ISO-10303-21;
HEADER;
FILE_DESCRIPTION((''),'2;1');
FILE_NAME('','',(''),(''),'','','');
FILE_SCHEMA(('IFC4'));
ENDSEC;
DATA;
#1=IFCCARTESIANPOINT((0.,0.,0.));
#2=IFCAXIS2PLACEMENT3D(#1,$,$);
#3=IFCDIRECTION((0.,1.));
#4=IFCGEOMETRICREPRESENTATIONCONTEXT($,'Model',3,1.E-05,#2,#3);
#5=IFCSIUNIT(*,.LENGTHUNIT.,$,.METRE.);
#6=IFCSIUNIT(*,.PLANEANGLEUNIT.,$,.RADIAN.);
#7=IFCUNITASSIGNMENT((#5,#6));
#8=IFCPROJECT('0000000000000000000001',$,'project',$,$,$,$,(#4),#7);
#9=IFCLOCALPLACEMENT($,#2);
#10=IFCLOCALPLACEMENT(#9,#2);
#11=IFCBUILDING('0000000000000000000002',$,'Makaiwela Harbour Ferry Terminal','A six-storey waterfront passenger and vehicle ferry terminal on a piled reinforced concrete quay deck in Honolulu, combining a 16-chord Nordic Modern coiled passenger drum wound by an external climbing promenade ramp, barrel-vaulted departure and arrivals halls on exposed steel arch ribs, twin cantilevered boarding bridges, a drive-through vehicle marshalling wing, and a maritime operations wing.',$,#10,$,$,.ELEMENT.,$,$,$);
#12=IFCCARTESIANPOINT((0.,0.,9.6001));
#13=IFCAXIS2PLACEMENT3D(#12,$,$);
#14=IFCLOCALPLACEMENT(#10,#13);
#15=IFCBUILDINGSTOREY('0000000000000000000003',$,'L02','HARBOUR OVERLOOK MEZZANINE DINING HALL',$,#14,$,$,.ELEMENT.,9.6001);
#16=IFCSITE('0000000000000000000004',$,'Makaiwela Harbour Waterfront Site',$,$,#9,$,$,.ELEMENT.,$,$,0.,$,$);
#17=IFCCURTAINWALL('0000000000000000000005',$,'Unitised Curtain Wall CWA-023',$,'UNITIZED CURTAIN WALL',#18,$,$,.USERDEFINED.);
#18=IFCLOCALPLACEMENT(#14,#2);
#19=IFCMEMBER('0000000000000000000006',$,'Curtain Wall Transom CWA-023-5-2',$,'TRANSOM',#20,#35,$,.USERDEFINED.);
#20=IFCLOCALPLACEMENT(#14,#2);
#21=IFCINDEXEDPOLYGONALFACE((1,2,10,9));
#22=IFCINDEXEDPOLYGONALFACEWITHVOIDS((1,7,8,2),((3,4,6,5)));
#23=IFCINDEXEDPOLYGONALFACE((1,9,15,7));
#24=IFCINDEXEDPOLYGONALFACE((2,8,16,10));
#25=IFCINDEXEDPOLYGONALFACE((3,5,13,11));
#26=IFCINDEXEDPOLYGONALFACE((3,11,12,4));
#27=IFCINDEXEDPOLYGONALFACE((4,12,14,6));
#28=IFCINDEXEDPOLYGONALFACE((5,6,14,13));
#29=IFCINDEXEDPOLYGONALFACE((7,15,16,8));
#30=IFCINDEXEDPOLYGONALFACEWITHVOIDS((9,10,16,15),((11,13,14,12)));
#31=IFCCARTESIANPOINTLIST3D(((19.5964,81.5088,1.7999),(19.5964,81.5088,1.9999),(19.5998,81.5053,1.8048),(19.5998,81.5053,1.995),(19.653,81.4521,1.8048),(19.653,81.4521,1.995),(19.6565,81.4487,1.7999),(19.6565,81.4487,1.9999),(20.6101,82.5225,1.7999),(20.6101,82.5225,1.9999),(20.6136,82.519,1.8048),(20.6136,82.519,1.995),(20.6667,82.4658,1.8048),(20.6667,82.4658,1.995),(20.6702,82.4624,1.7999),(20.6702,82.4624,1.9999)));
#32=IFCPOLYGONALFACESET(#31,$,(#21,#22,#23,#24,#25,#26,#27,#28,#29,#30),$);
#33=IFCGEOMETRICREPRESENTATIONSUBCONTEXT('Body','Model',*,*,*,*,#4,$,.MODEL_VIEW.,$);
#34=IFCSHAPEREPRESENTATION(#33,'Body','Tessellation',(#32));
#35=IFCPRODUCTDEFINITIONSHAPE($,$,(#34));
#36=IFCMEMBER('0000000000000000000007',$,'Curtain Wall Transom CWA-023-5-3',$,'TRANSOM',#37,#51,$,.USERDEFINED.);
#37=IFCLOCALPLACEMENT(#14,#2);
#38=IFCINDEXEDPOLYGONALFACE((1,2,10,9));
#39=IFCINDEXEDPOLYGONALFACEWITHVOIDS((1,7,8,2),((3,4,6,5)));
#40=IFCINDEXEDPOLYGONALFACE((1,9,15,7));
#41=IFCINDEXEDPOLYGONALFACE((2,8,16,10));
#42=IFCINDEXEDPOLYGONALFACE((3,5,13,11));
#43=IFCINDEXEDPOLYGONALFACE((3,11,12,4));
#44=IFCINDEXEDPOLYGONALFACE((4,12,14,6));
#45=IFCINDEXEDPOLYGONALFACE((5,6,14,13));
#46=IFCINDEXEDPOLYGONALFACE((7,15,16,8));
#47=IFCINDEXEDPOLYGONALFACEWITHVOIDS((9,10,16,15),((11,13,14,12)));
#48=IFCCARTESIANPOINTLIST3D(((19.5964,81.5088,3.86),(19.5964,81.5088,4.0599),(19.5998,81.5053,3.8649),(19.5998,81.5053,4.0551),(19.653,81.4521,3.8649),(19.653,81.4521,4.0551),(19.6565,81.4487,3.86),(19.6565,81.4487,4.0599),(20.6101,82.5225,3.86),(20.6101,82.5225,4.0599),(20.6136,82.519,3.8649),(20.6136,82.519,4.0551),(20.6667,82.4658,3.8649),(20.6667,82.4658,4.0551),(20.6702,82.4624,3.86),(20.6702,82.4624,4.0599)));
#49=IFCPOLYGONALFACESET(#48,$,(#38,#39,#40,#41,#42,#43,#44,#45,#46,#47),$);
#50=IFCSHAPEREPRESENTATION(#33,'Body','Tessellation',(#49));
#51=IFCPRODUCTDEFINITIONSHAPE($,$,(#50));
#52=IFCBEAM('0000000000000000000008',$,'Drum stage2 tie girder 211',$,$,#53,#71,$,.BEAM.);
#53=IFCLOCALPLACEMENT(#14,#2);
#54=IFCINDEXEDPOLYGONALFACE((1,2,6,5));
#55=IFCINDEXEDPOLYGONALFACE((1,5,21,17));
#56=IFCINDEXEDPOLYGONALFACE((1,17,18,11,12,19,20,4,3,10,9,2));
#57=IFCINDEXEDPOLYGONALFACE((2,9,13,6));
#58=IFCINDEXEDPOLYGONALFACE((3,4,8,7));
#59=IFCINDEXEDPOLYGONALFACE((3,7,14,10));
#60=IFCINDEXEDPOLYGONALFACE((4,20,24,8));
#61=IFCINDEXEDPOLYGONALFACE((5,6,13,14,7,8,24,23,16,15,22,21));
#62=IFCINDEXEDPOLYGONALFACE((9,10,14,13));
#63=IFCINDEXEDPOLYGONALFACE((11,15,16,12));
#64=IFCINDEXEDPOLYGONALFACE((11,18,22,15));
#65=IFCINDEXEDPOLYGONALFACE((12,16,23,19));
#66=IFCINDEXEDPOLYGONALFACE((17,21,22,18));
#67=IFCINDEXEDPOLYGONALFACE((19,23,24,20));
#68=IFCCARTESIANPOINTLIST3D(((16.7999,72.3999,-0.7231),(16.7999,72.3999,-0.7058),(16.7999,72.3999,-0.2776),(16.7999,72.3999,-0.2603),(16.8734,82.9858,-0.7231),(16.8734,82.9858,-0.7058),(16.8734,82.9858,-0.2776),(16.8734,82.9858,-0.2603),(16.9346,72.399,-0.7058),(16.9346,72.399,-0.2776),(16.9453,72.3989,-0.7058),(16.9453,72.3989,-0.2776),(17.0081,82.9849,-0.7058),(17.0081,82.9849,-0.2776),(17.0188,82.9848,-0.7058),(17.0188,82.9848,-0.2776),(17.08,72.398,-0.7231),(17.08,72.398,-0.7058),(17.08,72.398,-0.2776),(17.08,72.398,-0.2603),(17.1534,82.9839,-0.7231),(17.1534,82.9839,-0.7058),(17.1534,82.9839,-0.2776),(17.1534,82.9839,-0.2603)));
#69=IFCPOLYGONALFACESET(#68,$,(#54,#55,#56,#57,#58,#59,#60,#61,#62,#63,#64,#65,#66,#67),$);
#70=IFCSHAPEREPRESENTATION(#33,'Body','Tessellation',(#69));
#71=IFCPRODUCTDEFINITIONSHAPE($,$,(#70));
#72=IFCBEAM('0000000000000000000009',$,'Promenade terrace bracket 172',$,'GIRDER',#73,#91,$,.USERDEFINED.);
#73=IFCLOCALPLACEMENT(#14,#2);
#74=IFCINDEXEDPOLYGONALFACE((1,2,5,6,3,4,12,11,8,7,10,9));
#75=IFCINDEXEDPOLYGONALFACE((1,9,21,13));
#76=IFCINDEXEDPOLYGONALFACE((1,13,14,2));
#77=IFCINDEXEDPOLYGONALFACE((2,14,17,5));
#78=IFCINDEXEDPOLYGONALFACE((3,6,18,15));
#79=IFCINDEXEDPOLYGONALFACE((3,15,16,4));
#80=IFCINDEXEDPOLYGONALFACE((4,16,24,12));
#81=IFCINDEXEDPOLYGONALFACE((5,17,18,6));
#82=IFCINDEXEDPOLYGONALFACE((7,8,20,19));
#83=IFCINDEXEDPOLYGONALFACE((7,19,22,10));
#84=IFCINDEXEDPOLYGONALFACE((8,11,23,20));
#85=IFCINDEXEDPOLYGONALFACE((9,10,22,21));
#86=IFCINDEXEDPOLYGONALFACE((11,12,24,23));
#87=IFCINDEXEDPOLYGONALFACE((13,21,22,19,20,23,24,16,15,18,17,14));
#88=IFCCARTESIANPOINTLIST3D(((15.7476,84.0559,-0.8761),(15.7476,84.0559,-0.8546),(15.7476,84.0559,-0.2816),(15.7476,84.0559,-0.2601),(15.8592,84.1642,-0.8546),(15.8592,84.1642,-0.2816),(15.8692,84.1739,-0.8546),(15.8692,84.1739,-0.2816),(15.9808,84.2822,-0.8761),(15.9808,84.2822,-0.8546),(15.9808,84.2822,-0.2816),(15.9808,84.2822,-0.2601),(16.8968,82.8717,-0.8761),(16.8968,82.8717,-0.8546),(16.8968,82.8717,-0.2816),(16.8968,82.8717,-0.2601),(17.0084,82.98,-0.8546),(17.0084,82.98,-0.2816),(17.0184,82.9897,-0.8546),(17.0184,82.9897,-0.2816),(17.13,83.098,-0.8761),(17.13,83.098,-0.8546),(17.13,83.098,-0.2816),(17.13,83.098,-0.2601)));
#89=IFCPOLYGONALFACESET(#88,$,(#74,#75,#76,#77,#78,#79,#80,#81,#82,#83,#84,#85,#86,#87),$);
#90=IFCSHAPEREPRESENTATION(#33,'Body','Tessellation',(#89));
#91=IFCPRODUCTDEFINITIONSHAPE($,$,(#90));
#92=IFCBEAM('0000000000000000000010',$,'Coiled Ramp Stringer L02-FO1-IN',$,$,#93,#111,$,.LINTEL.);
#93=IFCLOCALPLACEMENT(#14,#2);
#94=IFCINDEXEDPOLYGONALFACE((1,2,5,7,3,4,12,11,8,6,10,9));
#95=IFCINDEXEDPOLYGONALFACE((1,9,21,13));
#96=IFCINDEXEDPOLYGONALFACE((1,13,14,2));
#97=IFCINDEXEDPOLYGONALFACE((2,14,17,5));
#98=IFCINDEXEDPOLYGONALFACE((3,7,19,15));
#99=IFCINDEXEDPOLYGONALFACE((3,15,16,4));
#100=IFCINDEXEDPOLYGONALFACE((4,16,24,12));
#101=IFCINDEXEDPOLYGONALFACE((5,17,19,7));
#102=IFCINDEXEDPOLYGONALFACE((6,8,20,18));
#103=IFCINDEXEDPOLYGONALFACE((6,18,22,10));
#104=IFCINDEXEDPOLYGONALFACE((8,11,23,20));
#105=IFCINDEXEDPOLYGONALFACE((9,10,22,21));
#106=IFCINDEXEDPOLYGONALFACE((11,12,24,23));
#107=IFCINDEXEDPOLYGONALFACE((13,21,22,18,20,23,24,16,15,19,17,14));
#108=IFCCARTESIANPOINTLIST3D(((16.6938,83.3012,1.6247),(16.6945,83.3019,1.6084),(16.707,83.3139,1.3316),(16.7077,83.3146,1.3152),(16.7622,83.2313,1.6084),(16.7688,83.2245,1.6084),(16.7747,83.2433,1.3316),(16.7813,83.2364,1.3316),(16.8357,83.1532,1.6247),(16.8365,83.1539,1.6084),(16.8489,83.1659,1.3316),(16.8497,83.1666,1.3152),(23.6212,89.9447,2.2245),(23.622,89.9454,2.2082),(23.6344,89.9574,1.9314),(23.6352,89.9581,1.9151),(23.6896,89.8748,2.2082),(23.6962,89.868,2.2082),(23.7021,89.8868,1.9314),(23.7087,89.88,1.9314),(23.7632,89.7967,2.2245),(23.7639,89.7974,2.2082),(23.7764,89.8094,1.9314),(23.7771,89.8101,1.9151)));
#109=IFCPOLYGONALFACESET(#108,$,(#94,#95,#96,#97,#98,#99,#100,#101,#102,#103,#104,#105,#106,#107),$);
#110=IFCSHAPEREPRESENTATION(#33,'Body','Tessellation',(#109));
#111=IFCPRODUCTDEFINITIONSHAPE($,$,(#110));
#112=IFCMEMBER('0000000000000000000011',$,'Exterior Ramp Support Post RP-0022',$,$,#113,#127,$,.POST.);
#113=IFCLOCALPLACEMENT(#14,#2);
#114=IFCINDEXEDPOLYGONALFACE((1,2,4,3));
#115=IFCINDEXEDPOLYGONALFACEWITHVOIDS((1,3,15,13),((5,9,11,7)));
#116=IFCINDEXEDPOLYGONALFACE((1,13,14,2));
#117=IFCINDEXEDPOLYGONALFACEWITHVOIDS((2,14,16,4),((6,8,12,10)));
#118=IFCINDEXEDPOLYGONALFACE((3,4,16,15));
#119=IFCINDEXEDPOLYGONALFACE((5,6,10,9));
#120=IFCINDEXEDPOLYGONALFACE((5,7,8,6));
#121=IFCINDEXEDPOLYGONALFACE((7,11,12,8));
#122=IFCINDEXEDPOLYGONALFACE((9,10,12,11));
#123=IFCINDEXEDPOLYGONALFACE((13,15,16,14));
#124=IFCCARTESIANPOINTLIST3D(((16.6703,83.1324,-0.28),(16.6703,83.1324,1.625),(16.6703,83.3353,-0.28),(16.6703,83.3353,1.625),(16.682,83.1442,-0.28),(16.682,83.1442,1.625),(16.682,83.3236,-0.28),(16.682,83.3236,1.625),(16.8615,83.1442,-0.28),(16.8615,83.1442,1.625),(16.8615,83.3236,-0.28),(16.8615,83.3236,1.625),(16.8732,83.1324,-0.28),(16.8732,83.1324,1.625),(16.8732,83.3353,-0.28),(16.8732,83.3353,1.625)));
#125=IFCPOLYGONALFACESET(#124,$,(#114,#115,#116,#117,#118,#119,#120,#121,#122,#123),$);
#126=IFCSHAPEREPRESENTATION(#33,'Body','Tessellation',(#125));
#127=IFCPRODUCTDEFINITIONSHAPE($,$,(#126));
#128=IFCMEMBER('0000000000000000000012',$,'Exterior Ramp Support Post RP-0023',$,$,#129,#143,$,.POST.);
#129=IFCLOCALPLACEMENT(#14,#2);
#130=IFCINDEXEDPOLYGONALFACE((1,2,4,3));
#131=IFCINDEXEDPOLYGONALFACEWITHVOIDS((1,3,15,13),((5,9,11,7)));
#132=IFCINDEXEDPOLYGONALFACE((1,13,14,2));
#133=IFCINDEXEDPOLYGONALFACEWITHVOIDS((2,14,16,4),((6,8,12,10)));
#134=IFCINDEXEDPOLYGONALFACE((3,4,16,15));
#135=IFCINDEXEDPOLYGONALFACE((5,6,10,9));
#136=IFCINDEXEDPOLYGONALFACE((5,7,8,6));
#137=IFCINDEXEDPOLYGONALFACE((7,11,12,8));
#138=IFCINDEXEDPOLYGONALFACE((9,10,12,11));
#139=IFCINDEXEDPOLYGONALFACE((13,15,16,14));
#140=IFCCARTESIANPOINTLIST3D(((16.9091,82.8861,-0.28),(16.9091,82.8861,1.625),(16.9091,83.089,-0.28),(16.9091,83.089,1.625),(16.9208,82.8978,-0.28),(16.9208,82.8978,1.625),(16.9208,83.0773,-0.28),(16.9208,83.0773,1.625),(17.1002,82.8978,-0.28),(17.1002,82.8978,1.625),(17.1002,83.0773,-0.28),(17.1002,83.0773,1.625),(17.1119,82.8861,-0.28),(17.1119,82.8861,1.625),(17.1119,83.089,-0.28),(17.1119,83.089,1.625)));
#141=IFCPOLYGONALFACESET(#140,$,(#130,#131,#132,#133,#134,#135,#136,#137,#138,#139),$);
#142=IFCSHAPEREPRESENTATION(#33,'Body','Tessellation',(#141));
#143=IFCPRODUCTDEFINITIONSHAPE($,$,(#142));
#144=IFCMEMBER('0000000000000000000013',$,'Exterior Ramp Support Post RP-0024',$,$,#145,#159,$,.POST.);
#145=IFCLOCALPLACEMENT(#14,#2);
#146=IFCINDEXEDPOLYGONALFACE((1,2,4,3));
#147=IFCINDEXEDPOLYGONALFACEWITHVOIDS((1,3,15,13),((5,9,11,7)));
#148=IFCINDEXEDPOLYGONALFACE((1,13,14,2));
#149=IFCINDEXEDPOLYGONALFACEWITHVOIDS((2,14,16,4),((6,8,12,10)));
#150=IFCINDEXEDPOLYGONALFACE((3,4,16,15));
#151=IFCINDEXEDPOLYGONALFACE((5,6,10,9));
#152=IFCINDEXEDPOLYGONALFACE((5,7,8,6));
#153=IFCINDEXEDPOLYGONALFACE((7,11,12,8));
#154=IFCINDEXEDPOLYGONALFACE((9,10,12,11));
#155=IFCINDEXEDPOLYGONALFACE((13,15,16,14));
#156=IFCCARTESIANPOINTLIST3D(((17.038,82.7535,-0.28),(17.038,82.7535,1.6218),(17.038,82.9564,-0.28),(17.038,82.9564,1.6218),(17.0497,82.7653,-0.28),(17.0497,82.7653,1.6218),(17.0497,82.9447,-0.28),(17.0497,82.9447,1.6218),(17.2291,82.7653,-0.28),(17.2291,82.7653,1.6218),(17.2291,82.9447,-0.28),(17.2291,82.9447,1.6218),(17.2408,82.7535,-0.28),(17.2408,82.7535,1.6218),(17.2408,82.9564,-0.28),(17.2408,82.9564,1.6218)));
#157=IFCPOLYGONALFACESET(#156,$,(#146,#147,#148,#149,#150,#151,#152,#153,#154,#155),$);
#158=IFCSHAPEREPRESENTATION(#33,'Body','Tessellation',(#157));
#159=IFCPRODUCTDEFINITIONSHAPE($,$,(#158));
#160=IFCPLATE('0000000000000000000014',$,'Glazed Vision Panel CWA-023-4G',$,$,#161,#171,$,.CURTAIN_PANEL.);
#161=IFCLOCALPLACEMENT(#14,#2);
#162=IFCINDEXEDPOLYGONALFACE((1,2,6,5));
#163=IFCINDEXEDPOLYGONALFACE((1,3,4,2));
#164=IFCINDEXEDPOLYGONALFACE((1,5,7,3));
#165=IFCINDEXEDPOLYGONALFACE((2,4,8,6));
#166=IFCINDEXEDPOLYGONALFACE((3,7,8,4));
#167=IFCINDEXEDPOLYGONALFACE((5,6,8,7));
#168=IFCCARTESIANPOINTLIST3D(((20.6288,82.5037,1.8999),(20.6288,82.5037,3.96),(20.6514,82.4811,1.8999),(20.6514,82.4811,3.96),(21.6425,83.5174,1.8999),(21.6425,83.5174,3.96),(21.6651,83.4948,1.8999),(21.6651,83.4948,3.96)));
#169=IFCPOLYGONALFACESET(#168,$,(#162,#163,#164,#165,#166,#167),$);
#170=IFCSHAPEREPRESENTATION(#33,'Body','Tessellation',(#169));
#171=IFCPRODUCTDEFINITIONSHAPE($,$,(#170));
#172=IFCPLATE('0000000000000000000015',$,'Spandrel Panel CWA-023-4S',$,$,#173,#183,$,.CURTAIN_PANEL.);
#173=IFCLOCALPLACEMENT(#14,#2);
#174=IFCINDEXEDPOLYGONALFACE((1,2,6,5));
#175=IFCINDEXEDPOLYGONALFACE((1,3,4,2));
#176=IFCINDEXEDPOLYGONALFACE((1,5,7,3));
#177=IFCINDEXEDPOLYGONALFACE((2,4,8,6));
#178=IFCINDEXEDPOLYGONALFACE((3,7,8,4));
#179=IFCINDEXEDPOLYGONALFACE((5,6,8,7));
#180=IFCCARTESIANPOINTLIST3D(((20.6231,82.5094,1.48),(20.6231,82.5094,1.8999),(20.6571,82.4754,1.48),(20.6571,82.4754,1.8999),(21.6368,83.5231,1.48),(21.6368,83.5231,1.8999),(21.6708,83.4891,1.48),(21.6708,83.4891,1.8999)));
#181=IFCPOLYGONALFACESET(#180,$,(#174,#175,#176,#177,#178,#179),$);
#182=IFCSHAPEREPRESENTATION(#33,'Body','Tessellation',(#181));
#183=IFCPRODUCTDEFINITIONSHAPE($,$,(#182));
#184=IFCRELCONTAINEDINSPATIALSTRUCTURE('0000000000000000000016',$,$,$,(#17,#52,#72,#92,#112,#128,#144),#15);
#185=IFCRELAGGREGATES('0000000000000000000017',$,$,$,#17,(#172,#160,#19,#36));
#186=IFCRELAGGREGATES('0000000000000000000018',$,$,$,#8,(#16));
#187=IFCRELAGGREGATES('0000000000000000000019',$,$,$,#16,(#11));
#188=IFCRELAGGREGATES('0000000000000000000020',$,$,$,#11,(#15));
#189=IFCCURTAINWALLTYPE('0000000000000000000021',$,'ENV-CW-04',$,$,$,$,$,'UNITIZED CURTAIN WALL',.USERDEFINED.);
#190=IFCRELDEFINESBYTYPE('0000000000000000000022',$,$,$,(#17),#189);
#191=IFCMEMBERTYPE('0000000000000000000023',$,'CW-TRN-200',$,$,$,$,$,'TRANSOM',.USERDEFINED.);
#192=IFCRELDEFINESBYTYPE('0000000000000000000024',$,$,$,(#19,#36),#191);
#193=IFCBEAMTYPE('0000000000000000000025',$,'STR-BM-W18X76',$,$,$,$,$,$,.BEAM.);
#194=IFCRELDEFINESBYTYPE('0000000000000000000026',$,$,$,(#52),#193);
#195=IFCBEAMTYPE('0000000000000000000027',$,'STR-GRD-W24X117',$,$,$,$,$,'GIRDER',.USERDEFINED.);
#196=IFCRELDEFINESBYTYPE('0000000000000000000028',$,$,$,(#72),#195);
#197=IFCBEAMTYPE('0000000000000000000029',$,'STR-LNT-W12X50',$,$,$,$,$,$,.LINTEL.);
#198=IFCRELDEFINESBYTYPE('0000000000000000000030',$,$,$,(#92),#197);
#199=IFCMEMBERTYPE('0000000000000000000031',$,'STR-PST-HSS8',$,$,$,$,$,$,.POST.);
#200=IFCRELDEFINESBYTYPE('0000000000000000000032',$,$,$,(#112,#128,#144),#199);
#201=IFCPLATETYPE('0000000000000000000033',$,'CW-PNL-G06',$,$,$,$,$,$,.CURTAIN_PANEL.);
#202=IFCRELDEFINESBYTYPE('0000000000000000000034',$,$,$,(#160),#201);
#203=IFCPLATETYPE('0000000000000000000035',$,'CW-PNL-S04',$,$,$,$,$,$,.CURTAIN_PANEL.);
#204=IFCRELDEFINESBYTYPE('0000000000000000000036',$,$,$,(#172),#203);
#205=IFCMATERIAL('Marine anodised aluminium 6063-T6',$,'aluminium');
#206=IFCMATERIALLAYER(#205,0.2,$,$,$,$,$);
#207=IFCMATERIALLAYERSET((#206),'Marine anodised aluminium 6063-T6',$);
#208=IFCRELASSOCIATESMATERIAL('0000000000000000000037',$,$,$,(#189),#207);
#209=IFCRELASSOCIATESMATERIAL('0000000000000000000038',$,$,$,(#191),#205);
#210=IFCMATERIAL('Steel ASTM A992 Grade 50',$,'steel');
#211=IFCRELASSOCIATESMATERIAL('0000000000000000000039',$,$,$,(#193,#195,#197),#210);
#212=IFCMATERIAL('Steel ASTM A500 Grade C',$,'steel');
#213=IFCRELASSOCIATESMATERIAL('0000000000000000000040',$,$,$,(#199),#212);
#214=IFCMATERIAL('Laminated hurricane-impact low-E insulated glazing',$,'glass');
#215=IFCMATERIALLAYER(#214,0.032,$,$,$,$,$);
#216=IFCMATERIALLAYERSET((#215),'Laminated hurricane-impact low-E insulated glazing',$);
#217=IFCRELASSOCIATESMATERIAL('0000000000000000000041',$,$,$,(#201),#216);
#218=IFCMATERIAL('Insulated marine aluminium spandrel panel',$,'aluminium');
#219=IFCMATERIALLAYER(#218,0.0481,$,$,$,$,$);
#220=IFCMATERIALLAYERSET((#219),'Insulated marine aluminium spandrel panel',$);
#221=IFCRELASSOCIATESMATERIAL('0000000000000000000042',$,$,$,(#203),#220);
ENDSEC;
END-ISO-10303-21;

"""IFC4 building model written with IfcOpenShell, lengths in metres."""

from ifc_helpers import new_model, si_unit, direction, frame, origin, origin_2d, place, context, subcontext, project, spatial, rectangle, hollow_rectangle, i_section, extrude, material, layer, layer_set, material_profile, profile_set, type_object, element, aggregate, save


model = new_model("IFC4")

# Units and contexts
model_context = context("Model", 3, precision=1e-05, world=origin(), true_north=direction((0.0, 1.0)))
body_context = subcontext(model_context, "Body", "Model", "MODEL_VIEW")
ifc_project = project(units=[si_unit("LENGTHUNIT", "METRE"), si_unit("PLANEANGLEUNIT", "RADIAN")], contexts=[model_context])

# Site, building, storey
site_placement = place(None, origin())
site = spatial("IfcSite", under=ifc_project, at=site_placement, Name="Makaiwela Harbour Waterfront Site", CompositionType="ELEMENT", RefElevation=0.0)
building_placement = place(site_placement, origin())
building = spatial("IfcBuilding", under=site, at=building_placement, Name="Makaiwela Harbour Ferry Terminal", Description="A six-storey waterfront passenger and vehicle ferry terminal on a piled reinforced concrete quay deck in Honolulu, combining a 16-chord Nordic Modern coiled passenger drum wound by an external climbing promenade ramp, barrel-vaulted departure and arrivals halls on exposed steel arch ribs, twin cantilevered boarding bridges, a drive-through vehicle marshalling wing, and a maritime operations wing.", CompositionType="ELEMENT")
storey_placement = place(building_placement, frame((0.0, 0.0, 9.6001)))
storey = spatial("IfcBuildingStorey", under=building, at=storey_placement, Name="L02", Description="HARBOUR OVERLOOK MEZZANINE DINING HALL", CompositionType="ELEMENT", Elevation=9.6001)

# Curtain wall, members
ifc_material_1 = material(Name="Marine anodised aluminium 6063-T6", Category="aluminium")
ifc_layer_1 = layer(ifc_material_1, 0.2)
ifc_layer_set_1 = layer_set([ifc_layer_1], Name="Marine anodised aluminium 6063-T6")
curtain_wall_type = type_object("IfcCurtainWallType", Name="ENV-CW-04", ElementType="UNITIZED CURTAIN WALL", PredefinedType="USERDEFINED", material=ifc_layer_set_1)
curtain_wall_placement = place(storey_placement, origin())
curtain_wall = element("IfcCurtainWall", 1, at=curtain_wall_placement, inside=storey, type_object=curtain_wall_type, Name="Unitised Curtain Wall CWA-023", ObjectType="UNITIZED CURTAIN WALL", PredefinedType="USERDEFINED")
ifc_material_profile_1 = material_profile(ifc_material_1, hollow_rectangle(XDim=0.085, YDim=0.2, WallThickness=0.0049, at=origin_2d()), Name="CWT-200X85")
ifc_profile_set_1 = profile_set([ifc_material_profile_1], Name="Marine anodised aluminium 6063-T6")
member_type_1 = type_object("IfcMemberType", Name="CW-TRN-200", ElementType="TRANSOM", PredefinedType="USERDEFINED", material=ifc_profile_set_1)
member_1_placement = place(storey_placement, frame((20.6401, 82.4924, 1.8999), z_axis=(-0.707107, -0.707107, 0.0), x_axis=(0.707107, -0.707107, 0.0)))
member_1 = element("IfcMember", 2, at=member_1_placement, type_object=member_type_1, Name="Curtain Wall Transom CWA-023-5-2", ObjectType="TRANSOM", PredefinedType="USERDEFINED", context=body_context, shape_type="SweptSolid", body=[
    extrude(hollow_rectangle(XDim=0.085, YDim=0.2, WallThickness=0.0049, at=origin_2d()), origin(), (0.0, 0.0, 1.0), 1.4336),
])
member_2_placement = place(storey_placement, frame((20.6401, 82.4924, 3.96), z_axis=(-0.707107, -0.707107, 0.0), x_axis=(0.707107, -0.707107, 0.0)))
member_2 = element("IfcMember", 3, at=member_2_placement, type_object=member_type_1, Name="Curtain Wall Transom CWA-023-5-3", ObjectType="TRANSOM", PredefinedType="USERDEFINED", context=body_context, shape_type="SweptSolid", body=[
    extrude(hollow_rectangle(XDim=0.085, YDim=0.2, WallThickness=0.0049, at=origin_2d()), origin(), (0.0, 0.0, 1.0), 1.4336),
])

# Beams
ifc_material_2 = material(Name="Steel ASTM A992 Grade 50", Category="steel")
ifc_material_profile_2 = material_profile(ifc_material_2, i_section(OverallWidth=0.28, OverallDepth=0.4629, WebThickness=0.0107, FlangeThickness=0.0173, at=origin_2d()), Name="W18X76")
ifc_profile_set_2 = profile_set([ifc_material_profile_2], Name="Steel ASTM A992 Grade 50")
beam_type_1 = type_object("IfcBeamType", Name="STR-BM-W18X76", PredefinedType="BEAM", material=ifc_profile_set_2)
beam_1_placement = place(storey_placement, frame((17.0134, 82.9849, -0.4917), z_axis=(-0.006942, -0.999976, 0.0), x_axis=(0.999976, -0.006942, 0.0)))
element("IfcBeam", 4, at=beam_1_placement, inside=storey, type_object=beam_type_1, Name="Drum stage2 tie girder 211", PredefinedType="BEAM", context=body_context, shape_type="SweptSolid", body=[
    extrude(i_section(OverallWidth=0.28, OverallDepth=0.4629, WebThickness=0.0107, FlangeThickness=0.0173, at=origin_2d()), origin(), (0.0, 0.0, 1.0), 10.5862),
])
ifc_material_profile_3 = material_profile(ifc_material_2, i_section(OverallWidth=0.325, OverallDepth=0.616, WebThickness=0.0139, FlangeThickness=0.0215, at=origin_2d()), Name="W24X117")
ifc_profile_set_3 = profile_set([ifc_material_profile_3], Name="Steel ASTM A992 Grade 50")
beam_type_2 = type_object("IfcBeamType", Name="STR-GRD-W24X117", ElementType="GIRDER", PredefinedType="USERDEFINED", material=ifc_profile_set_3)
beam_2_placement = place(storey_placement, frame((17.0134, 82.9849, -0.5681), z_axis=(-0.696448, 0.717607, 0.0), x_axis=(-0.717607, -0.696448, 0.0)))
element("IfcBeam", 5, at=beam_2_placement, inside=storey, type_object=beam_type_2, Name="Promenade terrace bracket 172", ObjectType="GIRDER", PredefinedType="USERDEFINED", context=body_context, shape_type="SweptSolid", body=[
    extrude(i_section(OverallWidth=0.325, OverallDepth=0.616, WebThickness=0.0139, FlangeThickness=0.0215, at=origin_2d()), origin(), (0.0, 0.0, 1.0), 1.6501),
])
ifc_material_profile_4 = material_profile(ifc_material_2, i_section(OverallWidth=0.2051, OverallDepth=0.3101, WebThickness=0.0095, FlangeThickness=0.0164, at=origin_2d()), Name="W12X50")
ifc_profile_set_4 = profile_set([ifc_material_profile_4], Name="Steel ASTM A992 Grade 50")
beam_type_3 = type_object("IfcBeamType", Name="STR-LNT-W12X50", PredefinedType="LINTEL", material=ifc_profile_set_4)
beam_3_placement = place(storey_placement, frame((16.7717, 83.2339, 1.47), z_axis=(0.720338, 0.690813, 0.062374), x_axis=(-0.692161, 0.721743, 0.0)))
element("IfcBeam", 6, at=beam_3_placement, inside=storey, type_object=beam_type_3, Name="Coiled Ramp Stringer L02-FO1-IN", PredefinedType="LINTEL", context=body_context, shape_type="SweptSolid", body=[
    extrude(i_section(OverallWidth=0.2051, OverallDepth=0.3101, WebThickness=0.0095, FlangeThickness=0.0164, at=origin_2d()), origin(), (0.0, 0.0, 1.0), 9.6169),
])

# Members
ifc_material_3 = material(Name="Steel ASTM A500 Grade C", Category="steel")
ifc_material_profile_5 = material_profile(ifc_material_3, hollow_rectangle(XDim=0.2029, YDim=0.2029, WallThickness=0.0117, at=origin_2d()), Name="HSS8X8X1/2")
ifc_profile_set_5 = profile_set([ifc_material_profile_5], Name="Steel ASTM A500 Grade C")
member_type_2 = type_object("IfcMemberType", Name="STR-PST-HSS8", PredefinedType="POST", material=ifc_profile_set_5)
for number, where, z_axis, x_axis, name in (
    (7, (16.7717, 83.2339, -0.28), (0.0, 0.0, 1.0), (1.0, 0.0, 0.0), "Exterior Ramp Support Post RP-0022"),
    (8, (17.0105, 82.9875, -0.28), (0.0, 0.0, 1.0), (1.0, 0.0, 0.0), "Exterior Ramp Support Post RP-0023"),
):
    element("IfcMember", number, at=place(storey_placement, frame(where, z_axis=z_axis, x_axis=x_axis)), inside=storey, type_object=member_type_2, Name=name, PredefinedType="POST", context=body_context, shape_type="SweptSolid", body=[
        extrude(hollow_rectangle(XDim=0.2029, YDim=0.2029, WallThickness=0.0117, at=origin_2d()), origin(), (0.0, 0.0, 1.0), 1.905),
    ])
member_3_placement = place(storey_placement, frame((17.1394, 82.855, -0.28), z_axis=(0.0, 0.0, 1.0), x_axis=(1.0, 0.0, 0.0)))
element("IfcMember", 9, at=member_3_placement, inside=storey, type_object=member_type_2, Name="Exterior Ramp Support Post RP-0024", PredefinedType="POST", context=body_context, shape_type="SweptSolid", body=[
    extrude(hollow_rectangle(XDim=0.2029, YDim=0.2029, WallThickness=0.0117, at=origin_2d()), origin(), (0.0, 0.0, 1.0), 1.9019),
])

# Plates
ifc_material_4 = material(Name="Laminated hurricane-impact low-E insulated glazing", Category="glass")
ifc_layer_2 = layer(ifc_material_4, 0.032)
ifc_layer_set_2 = layer_set([ifc_layer_2], Name="Laminated hurricane-impact low-E insulated glazing")
plate_type_1 = type_object("IfcPlateType", Name="CW-PNL-G06", PredefinedType="CURTAIN_PANEL", material=ifc_layer_set_2)
plate_1_placement = place(storey_placement, frame((21.147, 82.9993, 1.8999), z_axis=(0.0, 0.0, 1.0), x_axis=(-0.707107, -0.707107, 0.0)))
plate_1 = element("IfcPlate", 10, at=plate_1_placement, type_object=plate_type_1, Name="Glazed Vision Panel CWA-023-4G", PredefinedType="CURTAIN_PANEL", context=body_context, shape_type="SweptSolid", body=[
    extrude(rectangle(XDim=1.4336, YDim=0.032, at=origin_2d()), origin(), (0.0, 0.0, 1.0), 2.0601),
])
ifc_material_5 = material(Name="Insulated marine aluminium spandrel panel", Category="aluminium")
ifc_layer_3 = layer(ifc_material_5, 0.0481)
ifc_layer_set_3 = layer_set([ifc_layer_3], Name="Insulated marine aluminium spandrel panel")
plate_type_2 = type_object("IfcPlateType", Name="CW-PNL-S04", PredefinedType="CURTAIN_PANEL", material=ifc_layer_set_3)
plate_2_placement = place(storey_placement, frame((21.147, 82.9993, 1.48), z_axis=(0.0, 0.0, 1.0), x_axis=(-0.707107, -0.707107, 0.0)))
plate_2 = element("IfcPlate", 11, at=plate_2_placement, type_object=plate_type_2, Name="Spandrel Panel CWA-023-4S", PredefinedType="CURTAIN_PANEL", context=body_context, shape_type="SweptSolid", body=[
    extrude(rectangle(XDim=1.4336, YDim=0.0481, at=origin_2d()), origin(), (0.0, 0.0, 1.0), 0.4199),
])
aggregate(curtain_wall, [plate_2, plate_1, member_1, member_2])

save(model, "model.ifc")
